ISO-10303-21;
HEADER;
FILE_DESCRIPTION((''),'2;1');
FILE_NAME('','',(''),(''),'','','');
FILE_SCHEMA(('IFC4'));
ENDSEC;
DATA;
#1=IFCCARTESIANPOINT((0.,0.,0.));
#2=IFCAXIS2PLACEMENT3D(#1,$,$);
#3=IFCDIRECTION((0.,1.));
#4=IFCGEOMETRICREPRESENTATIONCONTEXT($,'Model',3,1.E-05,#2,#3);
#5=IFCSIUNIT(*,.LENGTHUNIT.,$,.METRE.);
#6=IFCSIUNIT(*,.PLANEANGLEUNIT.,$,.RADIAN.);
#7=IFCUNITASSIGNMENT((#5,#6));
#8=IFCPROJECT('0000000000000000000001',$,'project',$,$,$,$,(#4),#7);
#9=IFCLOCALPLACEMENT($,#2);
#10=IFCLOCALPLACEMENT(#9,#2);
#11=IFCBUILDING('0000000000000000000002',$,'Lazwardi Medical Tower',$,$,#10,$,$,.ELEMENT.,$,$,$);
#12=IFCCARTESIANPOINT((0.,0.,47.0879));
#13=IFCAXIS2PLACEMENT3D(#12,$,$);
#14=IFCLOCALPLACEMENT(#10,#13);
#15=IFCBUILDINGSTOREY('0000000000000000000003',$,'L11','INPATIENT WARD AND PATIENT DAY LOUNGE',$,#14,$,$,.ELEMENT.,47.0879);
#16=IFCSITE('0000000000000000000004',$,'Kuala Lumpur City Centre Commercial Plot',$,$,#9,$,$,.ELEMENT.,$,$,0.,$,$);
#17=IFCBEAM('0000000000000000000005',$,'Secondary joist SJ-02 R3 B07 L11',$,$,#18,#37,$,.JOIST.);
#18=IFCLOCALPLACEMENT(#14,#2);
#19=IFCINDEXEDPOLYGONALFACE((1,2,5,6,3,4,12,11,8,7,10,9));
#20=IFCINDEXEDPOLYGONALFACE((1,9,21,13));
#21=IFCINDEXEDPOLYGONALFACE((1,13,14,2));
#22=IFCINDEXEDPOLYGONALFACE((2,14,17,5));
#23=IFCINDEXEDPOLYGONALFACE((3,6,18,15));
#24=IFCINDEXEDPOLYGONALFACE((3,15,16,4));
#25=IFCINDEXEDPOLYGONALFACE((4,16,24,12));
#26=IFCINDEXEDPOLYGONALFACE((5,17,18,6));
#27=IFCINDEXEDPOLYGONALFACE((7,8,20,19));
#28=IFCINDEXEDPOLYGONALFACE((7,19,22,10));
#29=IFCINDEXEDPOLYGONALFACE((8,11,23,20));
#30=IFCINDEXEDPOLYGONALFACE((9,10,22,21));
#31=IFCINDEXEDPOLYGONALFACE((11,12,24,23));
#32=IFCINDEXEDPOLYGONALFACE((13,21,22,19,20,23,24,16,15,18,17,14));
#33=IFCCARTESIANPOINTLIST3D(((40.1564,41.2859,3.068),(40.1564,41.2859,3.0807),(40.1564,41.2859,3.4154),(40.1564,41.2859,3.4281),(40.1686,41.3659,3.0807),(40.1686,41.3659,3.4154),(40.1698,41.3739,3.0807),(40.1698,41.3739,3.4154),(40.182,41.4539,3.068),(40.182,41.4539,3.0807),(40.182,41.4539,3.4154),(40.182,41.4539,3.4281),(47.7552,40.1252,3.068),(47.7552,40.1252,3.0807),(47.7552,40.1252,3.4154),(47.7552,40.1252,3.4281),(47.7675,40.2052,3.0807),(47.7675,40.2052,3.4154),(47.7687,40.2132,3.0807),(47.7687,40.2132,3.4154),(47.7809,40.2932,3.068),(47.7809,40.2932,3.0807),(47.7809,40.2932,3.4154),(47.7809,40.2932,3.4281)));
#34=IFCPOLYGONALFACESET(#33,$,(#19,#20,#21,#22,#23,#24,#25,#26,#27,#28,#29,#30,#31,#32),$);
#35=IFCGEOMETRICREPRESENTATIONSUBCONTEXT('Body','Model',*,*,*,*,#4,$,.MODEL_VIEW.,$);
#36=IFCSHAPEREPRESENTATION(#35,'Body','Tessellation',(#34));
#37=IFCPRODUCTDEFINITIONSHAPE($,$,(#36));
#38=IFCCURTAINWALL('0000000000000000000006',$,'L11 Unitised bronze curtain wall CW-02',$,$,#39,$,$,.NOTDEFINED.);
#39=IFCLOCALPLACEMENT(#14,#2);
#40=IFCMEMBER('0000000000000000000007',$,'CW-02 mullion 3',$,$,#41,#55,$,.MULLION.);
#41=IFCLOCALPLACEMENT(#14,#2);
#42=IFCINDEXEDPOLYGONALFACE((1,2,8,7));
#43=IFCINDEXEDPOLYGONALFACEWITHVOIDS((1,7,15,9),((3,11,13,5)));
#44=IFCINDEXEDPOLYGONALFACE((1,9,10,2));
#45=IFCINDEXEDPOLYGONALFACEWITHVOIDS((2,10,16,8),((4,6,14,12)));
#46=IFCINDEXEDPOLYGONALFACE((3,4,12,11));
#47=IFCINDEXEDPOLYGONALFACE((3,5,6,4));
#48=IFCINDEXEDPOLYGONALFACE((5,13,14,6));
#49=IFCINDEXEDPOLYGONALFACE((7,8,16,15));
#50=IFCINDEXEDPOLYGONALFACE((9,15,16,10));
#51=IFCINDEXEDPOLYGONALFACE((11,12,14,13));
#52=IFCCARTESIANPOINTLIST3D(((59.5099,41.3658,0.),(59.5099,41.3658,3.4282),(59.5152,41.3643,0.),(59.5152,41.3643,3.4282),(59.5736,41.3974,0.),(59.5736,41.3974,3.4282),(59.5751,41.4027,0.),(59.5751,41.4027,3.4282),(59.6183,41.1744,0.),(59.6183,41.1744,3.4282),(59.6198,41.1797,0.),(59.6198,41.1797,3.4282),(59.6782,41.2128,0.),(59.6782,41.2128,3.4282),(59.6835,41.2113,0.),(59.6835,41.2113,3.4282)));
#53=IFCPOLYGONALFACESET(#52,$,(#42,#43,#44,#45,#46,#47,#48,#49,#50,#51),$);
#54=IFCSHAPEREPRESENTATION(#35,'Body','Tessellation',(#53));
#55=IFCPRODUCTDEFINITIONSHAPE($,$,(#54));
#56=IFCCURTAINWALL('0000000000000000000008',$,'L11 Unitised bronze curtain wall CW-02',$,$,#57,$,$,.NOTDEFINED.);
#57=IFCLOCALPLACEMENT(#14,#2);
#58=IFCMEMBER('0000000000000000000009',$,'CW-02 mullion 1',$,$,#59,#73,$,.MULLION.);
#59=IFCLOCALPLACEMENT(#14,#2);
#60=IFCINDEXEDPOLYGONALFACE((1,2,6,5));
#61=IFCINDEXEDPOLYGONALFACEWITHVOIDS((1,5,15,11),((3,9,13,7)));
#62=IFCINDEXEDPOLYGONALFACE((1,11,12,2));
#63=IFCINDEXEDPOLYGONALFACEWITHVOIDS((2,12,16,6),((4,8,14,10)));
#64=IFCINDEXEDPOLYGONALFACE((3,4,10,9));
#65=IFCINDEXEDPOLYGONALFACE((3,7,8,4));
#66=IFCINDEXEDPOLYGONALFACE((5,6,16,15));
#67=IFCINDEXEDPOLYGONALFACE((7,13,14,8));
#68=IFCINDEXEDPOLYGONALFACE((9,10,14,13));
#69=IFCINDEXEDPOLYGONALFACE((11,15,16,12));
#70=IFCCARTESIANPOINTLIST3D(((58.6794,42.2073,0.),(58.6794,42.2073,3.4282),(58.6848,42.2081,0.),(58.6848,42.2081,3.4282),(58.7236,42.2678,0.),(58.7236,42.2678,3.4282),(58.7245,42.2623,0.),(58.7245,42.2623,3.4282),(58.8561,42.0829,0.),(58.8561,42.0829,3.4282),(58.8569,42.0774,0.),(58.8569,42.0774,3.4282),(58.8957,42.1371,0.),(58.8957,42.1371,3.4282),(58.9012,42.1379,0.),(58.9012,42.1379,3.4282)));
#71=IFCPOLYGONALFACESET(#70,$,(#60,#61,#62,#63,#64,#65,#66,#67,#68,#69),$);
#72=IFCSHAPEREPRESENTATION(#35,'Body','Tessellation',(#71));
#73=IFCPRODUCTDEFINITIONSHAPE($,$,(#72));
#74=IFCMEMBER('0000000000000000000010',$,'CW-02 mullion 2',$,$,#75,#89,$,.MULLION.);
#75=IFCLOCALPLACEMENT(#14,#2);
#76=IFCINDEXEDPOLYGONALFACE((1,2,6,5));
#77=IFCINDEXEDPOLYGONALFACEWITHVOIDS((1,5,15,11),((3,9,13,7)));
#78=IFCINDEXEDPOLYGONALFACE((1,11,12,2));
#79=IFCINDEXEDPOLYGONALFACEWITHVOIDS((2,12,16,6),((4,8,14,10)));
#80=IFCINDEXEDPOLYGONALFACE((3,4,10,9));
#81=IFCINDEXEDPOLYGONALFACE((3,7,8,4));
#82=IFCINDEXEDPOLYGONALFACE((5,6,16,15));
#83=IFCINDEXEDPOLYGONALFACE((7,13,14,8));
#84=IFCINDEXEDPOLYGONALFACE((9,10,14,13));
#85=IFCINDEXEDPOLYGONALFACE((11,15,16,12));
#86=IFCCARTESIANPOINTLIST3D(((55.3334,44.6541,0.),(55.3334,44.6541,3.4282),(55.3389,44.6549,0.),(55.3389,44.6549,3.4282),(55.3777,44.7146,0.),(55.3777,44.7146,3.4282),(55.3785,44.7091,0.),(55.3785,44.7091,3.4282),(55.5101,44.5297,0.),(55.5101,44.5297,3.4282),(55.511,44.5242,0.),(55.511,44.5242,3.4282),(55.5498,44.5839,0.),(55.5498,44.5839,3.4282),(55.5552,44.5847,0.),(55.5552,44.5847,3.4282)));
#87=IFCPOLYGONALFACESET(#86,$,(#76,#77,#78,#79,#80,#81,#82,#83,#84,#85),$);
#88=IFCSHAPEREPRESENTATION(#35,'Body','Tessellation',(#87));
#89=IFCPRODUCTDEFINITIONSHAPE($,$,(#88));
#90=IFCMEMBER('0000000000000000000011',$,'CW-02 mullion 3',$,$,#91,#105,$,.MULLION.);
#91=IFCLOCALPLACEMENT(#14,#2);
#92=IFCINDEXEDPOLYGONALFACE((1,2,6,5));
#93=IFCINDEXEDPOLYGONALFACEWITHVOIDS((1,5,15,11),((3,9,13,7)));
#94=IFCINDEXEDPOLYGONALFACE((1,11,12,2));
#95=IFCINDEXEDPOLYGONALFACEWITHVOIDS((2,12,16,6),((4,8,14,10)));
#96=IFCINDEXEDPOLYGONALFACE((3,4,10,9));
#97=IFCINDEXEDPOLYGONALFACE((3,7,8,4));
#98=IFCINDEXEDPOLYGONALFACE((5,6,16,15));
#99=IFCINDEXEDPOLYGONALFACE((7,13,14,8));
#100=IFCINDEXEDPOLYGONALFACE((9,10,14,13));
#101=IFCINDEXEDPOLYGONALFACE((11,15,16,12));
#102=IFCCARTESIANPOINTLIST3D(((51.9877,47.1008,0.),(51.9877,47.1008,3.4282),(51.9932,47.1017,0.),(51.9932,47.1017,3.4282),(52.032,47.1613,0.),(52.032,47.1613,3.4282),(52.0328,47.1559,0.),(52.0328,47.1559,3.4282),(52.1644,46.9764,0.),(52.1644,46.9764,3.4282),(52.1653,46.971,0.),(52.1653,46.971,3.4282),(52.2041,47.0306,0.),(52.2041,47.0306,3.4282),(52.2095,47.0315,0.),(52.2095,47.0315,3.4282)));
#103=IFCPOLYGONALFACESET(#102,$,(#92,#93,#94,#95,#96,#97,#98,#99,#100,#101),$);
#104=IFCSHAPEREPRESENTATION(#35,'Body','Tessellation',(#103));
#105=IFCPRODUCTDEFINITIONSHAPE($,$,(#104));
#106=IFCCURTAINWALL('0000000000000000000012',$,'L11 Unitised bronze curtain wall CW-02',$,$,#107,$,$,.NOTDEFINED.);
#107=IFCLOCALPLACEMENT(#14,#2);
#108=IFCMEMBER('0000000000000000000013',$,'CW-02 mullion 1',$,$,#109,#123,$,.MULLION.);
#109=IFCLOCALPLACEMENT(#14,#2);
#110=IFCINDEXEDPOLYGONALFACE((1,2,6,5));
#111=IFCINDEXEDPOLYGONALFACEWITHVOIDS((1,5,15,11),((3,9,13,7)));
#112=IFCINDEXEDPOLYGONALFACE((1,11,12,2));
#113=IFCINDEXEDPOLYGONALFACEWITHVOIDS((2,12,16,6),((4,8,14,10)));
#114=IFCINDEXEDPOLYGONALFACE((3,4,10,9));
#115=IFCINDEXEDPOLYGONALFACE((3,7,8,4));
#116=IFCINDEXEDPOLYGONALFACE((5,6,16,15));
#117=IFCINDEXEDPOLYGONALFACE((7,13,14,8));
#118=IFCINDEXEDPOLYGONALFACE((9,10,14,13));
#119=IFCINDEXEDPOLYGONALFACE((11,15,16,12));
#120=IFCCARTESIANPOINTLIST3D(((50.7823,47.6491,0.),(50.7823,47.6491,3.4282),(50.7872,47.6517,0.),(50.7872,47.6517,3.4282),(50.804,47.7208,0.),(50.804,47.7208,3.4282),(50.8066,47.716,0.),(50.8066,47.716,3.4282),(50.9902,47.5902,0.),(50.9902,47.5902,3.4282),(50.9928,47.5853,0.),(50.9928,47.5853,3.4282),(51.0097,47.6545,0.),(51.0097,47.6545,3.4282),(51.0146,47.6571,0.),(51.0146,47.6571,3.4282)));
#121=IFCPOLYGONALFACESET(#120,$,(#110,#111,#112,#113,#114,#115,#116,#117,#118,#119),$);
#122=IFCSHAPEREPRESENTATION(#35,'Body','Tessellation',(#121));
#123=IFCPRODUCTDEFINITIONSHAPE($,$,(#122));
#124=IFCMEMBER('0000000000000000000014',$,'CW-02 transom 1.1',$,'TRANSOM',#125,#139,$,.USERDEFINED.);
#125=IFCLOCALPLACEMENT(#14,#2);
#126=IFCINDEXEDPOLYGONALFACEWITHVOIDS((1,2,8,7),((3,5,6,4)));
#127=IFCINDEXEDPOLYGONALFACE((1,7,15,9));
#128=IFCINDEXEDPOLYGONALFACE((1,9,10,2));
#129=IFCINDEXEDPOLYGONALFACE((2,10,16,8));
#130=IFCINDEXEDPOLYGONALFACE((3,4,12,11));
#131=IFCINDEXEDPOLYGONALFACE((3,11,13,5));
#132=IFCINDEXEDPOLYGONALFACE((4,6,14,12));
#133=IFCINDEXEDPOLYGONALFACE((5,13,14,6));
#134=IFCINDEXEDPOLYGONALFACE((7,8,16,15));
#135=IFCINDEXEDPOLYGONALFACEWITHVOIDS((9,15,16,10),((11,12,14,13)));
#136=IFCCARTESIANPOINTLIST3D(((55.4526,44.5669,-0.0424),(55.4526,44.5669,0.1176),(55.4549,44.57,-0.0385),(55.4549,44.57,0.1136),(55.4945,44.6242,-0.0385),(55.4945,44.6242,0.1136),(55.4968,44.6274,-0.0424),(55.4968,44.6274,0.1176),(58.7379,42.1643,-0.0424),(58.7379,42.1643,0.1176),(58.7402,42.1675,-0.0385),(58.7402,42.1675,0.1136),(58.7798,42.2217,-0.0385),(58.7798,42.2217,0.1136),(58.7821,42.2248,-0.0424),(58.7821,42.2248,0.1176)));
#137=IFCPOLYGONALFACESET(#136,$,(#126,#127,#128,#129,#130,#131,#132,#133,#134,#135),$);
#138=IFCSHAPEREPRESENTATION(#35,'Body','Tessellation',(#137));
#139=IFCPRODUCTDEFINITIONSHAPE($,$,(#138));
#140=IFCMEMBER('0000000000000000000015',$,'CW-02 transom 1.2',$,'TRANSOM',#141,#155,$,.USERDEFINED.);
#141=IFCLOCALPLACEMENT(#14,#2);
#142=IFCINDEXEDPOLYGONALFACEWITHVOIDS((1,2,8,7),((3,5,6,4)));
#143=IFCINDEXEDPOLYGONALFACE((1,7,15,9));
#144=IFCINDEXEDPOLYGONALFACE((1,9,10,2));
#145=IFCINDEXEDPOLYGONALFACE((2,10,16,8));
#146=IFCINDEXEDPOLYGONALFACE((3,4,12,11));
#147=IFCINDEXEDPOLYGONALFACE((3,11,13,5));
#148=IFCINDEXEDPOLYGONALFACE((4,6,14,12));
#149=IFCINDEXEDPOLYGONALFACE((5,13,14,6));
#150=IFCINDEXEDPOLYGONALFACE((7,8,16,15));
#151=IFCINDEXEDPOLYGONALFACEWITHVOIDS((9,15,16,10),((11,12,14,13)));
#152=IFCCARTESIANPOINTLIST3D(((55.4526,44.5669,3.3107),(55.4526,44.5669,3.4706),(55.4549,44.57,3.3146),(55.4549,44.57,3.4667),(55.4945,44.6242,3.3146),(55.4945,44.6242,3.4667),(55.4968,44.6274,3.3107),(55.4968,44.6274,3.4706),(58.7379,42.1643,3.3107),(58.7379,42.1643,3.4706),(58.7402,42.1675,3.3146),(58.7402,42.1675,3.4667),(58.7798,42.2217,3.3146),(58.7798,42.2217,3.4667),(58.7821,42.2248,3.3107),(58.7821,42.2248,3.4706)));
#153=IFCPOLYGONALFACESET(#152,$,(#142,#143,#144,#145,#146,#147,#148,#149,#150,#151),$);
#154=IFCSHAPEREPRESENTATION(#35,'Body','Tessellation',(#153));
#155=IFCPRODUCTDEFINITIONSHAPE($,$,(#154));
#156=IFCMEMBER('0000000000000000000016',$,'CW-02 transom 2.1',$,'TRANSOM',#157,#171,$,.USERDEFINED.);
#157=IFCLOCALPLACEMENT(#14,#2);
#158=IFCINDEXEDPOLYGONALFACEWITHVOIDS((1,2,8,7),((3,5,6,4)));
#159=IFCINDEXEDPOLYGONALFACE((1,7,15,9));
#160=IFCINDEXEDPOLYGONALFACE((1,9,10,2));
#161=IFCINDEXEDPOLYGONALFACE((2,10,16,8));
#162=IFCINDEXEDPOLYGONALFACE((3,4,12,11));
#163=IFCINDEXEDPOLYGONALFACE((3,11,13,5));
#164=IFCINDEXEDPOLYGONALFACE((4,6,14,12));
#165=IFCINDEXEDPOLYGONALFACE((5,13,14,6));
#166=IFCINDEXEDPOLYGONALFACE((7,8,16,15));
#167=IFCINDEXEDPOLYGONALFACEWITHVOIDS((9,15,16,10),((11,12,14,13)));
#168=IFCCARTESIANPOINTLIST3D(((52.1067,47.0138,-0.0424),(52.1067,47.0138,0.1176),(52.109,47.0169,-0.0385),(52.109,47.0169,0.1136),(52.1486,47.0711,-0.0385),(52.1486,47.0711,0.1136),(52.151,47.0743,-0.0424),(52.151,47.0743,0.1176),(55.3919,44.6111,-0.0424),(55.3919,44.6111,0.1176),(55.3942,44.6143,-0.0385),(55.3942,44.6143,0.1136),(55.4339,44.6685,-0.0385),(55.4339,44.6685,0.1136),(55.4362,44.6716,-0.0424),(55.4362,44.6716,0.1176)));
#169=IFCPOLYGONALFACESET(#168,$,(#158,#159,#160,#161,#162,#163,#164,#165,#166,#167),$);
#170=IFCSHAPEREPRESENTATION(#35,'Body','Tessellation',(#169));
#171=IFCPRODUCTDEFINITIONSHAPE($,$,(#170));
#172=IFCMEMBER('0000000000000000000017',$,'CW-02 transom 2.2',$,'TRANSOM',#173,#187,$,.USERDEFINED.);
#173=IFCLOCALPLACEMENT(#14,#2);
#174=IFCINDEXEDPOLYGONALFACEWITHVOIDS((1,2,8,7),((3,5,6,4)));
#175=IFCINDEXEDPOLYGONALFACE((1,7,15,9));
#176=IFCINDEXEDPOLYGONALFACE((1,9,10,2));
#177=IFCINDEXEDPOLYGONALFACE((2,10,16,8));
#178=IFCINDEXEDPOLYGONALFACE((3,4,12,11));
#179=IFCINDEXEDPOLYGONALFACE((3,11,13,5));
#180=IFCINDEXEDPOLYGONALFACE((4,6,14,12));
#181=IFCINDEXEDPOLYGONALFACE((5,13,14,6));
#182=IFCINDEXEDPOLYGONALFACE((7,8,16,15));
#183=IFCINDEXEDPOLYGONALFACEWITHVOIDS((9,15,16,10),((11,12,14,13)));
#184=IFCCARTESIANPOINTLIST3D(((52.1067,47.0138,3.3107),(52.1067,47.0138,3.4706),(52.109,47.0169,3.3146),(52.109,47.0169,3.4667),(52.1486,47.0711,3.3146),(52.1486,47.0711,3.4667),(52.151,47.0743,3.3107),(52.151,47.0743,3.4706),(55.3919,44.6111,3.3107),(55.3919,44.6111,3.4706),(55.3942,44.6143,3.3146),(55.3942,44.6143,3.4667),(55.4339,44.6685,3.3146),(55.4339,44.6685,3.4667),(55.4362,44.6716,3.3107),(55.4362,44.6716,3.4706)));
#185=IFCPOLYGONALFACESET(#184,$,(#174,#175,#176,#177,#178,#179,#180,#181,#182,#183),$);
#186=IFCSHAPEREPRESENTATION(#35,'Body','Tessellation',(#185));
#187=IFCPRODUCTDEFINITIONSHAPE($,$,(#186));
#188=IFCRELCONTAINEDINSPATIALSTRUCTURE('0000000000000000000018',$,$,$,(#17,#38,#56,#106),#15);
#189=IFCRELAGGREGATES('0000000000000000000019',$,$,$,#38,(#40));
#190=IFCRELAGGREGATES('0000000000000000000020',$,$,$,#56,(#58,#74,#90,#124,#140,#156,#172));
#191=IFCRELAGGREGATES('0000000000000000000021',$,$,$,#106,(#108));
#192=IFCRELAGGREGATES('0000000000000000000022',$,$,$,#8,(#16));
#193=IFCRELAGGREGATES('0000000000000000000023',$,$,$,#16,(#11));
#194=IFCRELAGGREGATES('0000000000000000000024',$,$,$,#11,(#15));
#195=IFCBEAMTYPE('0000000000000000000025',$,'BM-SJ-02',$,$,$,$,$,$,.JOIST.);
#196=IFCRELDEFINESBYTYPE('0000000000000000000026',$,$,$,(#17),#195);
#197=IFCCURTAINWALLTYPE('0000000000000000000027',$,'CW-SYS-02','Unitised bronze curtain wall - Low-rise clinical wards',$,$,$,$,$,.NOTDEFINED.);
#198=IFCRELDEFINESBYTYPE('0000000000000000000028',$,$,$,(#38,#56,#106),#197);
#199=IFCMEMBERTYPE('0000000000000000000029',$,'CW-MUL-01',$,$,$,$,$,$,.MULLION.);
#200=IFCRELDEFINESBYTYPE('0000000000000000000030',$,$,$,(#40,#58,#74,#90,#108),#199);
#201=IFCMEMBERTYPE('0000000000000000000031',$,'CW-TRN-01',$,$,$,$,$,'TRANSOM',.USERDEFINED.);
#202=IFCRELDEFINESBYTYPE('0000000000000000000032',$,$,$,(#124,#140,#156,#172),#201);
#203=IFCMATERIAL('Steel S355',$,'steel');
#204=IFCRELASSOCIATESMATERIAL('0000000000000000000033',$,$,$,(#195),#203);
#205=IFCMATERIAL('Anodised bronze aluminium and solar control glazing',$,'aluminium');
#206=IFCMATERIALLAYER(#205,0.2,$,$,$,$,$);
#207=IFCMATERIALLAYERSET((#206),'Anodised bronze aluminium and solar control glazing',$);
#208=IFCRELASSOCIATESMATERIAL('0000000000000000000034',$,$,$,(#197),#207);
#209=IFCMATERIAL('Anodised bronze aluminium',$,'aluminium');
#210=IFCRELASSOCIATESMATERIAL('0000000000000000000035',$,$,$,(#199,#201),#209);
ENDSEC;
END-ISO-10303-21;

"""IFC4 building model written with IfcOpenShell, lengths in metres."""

from ifc_helpers import new_model, si_unit, direction, frame, origin, origin_2d, place, context, subcontext, project, spatial, hollow_rectangle, i_section, extrude, material, layer, layer_set, material_profile, profile_set, type_object, element, aggregate, save


model = new_model("IFC4")

# Units and contexts
model_context = context("Model", 3, precision=1e-05, world=origin(), true_north=direction((0.0, 1.0)))
body_context = subcontext(model_context, "Body", "Model", "MODEL_VIEW")
ifc_project = project(units=[si_unit("LENGTHUNIT", "METRE"), si_unit("PLANEANGLEUNIT", "RADIAN")], contexts=[model_context])

# Site, building, storey
site_placement = place(None, origin())
site = spatial("IfcSite", under=ifc_project, at=site_placement, Name="Kuala Lumpur City Centre Commercial Plot", CompositionType="ELEMENT", RefElevation=0.0)
building_placement = place(site_placement, origin())
building = spatial("IfcBuilding", under=site, at=building_placement, Name="Lazwardi Medical Tower", CompositionType="ELEMENT")
storey_placement = place(building_placement, frame((0.0, 0.0, 47.0879)))
storey = spatial("IfcBuildingStorey", under=building, at=storey_placement, Name="L11", Description="INPATIENT WARD AND PATIENT DAY LOUNGE", CompositionType="ELEMENT", Elevation=47.0879)

# Beam
ifc_material_1 = material(Name="Steel S355", Category="steel")
ifc_material_profile_1 = material_profile(ifc_material_1, i_section(OverallWidth=0.1699, OverallDepth=0.3601, WebThickness=0.0081, FlangeThickness=0.0127, at=origin_2d()), Name="IPE 360")
ifc_profile_set_1 = profile_set([ifc_material_profile_1], Name="Steel S355")
beam_type_1 = type_object("IfcBeamType", Name="BM-SJ-02", PredefinedType="JOIST", material=ifc_profile_set_1)
beam_1_placement = place(storey_placement, frame((47.7681, 40.2092, 3.248), z_axis=(-0.988536, 0.150988, 0.0), x_axis=(-0.150988, -0.988536, 0.0)))
element("IfcBeam", 1, at=beam_1_placement, inside=storey, type_object=beam_type_1, Name="Secondary joist SJ-02 R3 B07 L11", PredefinedType="JOIST", context=body_context, shape_type="SweptSolid", body=[
    extrude(i_section(OverallWidth=0.1699, OverallDepth=0.3601, WebThickness=0.0081, FlangeThickness=0.0127, at=origin_2d()), origin(), (0.0, 0.0, 1.0), 7.687),
])

# Curtain wall, member
ifc_material_2 = material(Name="Anodised bronze aluminium and solar control glazing", Category="aluminium")
ifc_layer_1 = layer(ifc_material_2, 0.2)
ifc_layer_set_1 = layer_set([ifc_layer_1], Name="Anodised bronze aluminium and solar control glazing")
curtain_wall_type = type_object("IfcCurtainWallType", Name="CW-SYS-02", Description="Unitised bronze curtain wall - Low-rise clinical wards", PredefinedType="NOTDEFINED", material=ifc_layer_set_1)
curtain_wall_1_placement = place(storey_placement, origin())
curtain_wall_1 = element("IfcCurtainWall", 2, at=curtain_wall_1_placement, inside=storey, type_object=curtain_wall_type, Name="L11 Unitised bronze curtain wall CW-02", PredefinedType="NOTDEFINED")
ifc_material_3 = material(Name="Anodised bronze aluminium", Category="aluminium")
ifc_material_profile_2 = material_profile(ifc_material_3, hollow_rectangle(XDim=0.075, YDim=0.22, WallThickness=0.0039, at=origin_2d()), Name="ALU-MULLION 220x75x4")
ifc_profile_set_2 = profile_set([ifc_material_profile_2], Name="Anodised bronze aluminium")
member_type_1 = type_object("IfcMemberType", Name="CW-MUL-01", PredefinedType="MULLION", material=ifc_profile_set_2)
member_1_placement = place(storey_placement, frame((59.5967, 41.2886, 0.0), z_axis=(0.0, 0.0, 1.0), x_axis=(-0.870112, -0.492854, 0.0)))
member_1 = element("IfcMember", 3, at=member_1_placement, type_object=member_type_1, Name="CW-02 mullion 3", PredefinedType="MULLION", context=body_context, shape_type="SweptSolid", body=[
    extrude(hollow_rectangle(XDim=0.075, YDim=0.22, WallThickness=0.0039, at=origin_2d()), origin(), (0.0, 0.0, 1.0), 3.4282),
])

# Curtain wall, members
curtain_wall_2_placement = place(storey_placement, origin())
curtain_wall_2 = element("IfcCurtainWall", 4, at=curtain_wall_2_placement, inside=storey, type_object=curtain_wall_type, Name="L11 Unitised bronze curtain wall CW-02", PredefinedType="NOTDEFINED")
member_2_placement = place(storey_placement, frame((58.7903, 42.1726, 0.0), z_axis=(0.0, 0.0, 1.0), x_axis=(-0.590289, -0.807192, 0.0)))
member_2 = element("IfcMember", 5, at=member_2_placement, type_object=member_type_1, Name="CW-02 mullion 1", PredefinedType="MULLION", context=body_context, shape_type="SweptSolid", body=[
    extrude(hollow_rectangle(XDim=0.075, YDim=0.22, WallThickness=0.0039, at=origin_2d()), origin(), (0.0, 0.0, 1.0), 3.4282),
])
member_3_placement = place(storey_placement, frame((55.4443, 44.6194, 0.0), z_axis=(0.0, 0.0, 1.0), x_axis=(-0.590289, -0.807192, 0.0)))
member_3 = element("IfcMember", 6, at=member_3_placement, type_object=member_type_1, Name="CW-02 mullion 2", PredefinedType="MULLION", context=body_context, shape_type="SweptSolid", body=[
    extrude(hollow_rectangle(XDim=0.075, YDim=0.22, WallThickness=0.0039, at=origin_2d()), origin(), (0.0, 0.0, 1.0), 3.4282),
])
member_4_placement = place(storey_placement, frame((52.0986, 47.0662, 0.0), z_axis=(0.0, 0.0, 1.0), x_axis=(-0.590289, -0.807192, 0.0)))
member_4 = element("IfcMember", 7, at=member_4_placement, type_object=member_type_1, Name="CW-02 mullion 3", PredefinedType="MULLION", context=body_context, shape_type="SweptSolid", body=[
    extrude(hollow_rectangle(XDim=0.075, YDim=0.22, WallThickness=0.0039, at=origin_2d()), origin(), (0.0, 0.0, 1.0), 3.4282),
])

# Curtain wall, member
curtain_wall_3_placement = place(storey_placement, origin())
curtain_wall_3 = element("IfcCurtainWall", 8, at=curtain_wall_3_placement, inside=storey, type_object=curtain_wall_type, Name="L11 Unitised bronze curtain wall CW-02", PredefinedType="NOTDEFINED")
member_5_placement = place(storey_placement, frame((50.8984, 47.6531, 0.0), z_axis=(0.0, 0.0, 1.0), x_axis=(-0.289896, -0.957058, 0.0)))
member_5 = element("IfcMember", 9, at=member_5_placement, type_object=member_type_1, Name="CW-02 mullion 1", PredefinedType="MULLION", context=body_context, shape_type="SweptSolid", body=[
    extrude(hollow_rectangle(XDim=0.075, YDim=0.22, WallThickness=0.0039, at=origin_2d()), origin(), (0.0, 0.0, 1.0), 3.4282),
])

# Members
ifc_material_profile_3 = material_profile(ifc_material_3, hollow_rectangle(XDim=0.075, YDim=0.1599, WallThickness=0.0039, at=origin_2d()), Name="ALU-TRANSOM 160x75x4")
ifc_profile_set_3 = profile_set([ifc_material_profile_3], Name="Anodised bronze aluminium")
member_type_2 = type_object("IfcMemberType", Name="CW-TRN-01", ElementType="TRANSOM", PredefinedType="USERDEFINED", material=ifc_profile_set_3)
member_6_placement = place(storey_placement, frame((58.76, 42.1946, 0.0376), z_axis=(-0.80719, 0.590292, 0.0), x_axis=(-0.590292, -0.80719, 0.0)))
member_6 = element("IfcMember", 10, at=member_6_placement, type_object=member_type_2, Name="CW-02 transom 1.1", ObjectType="TRANSOM", PredefinedType="USERDEFINED", context=body_context, shape_type="SweptSolid", body=[
    extrude(hollow_rectangle(XDim=0.075, YDim=0.1599, WallThickness=0.0039, at=origin_2d()), origin(), (0.0, 0.0, 1.0), 4.0701),
])
member_7_placement = place(storey_placement, frame((58.76, 42.1946, 3.3906), z_axis=(-0.80719, 0.590292, 0.0), x_axis=(-0.590292, -0.80719, 0.0)))
member_7 = element("IfcMember", 11, at=member_7_placement, type_object=member_type_2, Name="CW-02 transom 1.2", ObjectType="TRANSOM", PredefinedType="USERDEFINED", context=body_context, shape_type="SweptSolid", body=[
    extrude(hollow_rectangle(XDim=0.075, YDim=0.1599, WallThickness=0.0039, at=origin_2d()), origin(), (0.0, 0.0, 1.0), 4.0701),
])
member_8_placement = place(storey_placement, frame((55.4141, 44.6414, 0.0376), z_axis=(-0.807169, 0.59032, 0.0), x_axis=(-0.59032, -0.807169, 0.0)))
member_8 = element("IfcMember", 12, at=member_8_placement, type_object=member_type_2, Name="CW-02 transom 2.1", ObjectType="TRANSOM", PredefinedType="USERDEFINED", context=body_context, shape_type="SweptSolid", body=[
    extrude(hollow_rectangle(XDim=0.075, YDim=0.1599, WallThickness=0.0039, at=origin_2d()), origin(), (0.0, 0.0, 1.0), 4.0701),
])
member_9_placement = place(storey_placement, frame((55.4141, 44.6414, 3.3906), z_axis=(-0.807169, 0.59032, 0.0), x_axis=(-0.59032, -0.807169, 0.0)))
member_9 = element("IfcMember", 13, at=member_9_placement, type_object=member_type_2, Name="CW-02 transom 2.2", ObjectType="TRANSOM", PredefinedType="USERDEFINED", context=body_context, shape_type="SweptSolid", body=[
    extrude(hollow_rectangle(XDim=0.075, YDim=0.1599, WallThickness=0.0039, at=origin_2d()), origin(), (0.0, 0.0, 1.0), 4.0701),
])

aggregate(curtain_wall_1, [member_1])
aggregate(curtain_wall_2, [member_2, member_3, member_4, member_6, member_7, member_8, member_9])
aggregate(curtain_wall_3, [member_5])

save(model, "model.ifc")
